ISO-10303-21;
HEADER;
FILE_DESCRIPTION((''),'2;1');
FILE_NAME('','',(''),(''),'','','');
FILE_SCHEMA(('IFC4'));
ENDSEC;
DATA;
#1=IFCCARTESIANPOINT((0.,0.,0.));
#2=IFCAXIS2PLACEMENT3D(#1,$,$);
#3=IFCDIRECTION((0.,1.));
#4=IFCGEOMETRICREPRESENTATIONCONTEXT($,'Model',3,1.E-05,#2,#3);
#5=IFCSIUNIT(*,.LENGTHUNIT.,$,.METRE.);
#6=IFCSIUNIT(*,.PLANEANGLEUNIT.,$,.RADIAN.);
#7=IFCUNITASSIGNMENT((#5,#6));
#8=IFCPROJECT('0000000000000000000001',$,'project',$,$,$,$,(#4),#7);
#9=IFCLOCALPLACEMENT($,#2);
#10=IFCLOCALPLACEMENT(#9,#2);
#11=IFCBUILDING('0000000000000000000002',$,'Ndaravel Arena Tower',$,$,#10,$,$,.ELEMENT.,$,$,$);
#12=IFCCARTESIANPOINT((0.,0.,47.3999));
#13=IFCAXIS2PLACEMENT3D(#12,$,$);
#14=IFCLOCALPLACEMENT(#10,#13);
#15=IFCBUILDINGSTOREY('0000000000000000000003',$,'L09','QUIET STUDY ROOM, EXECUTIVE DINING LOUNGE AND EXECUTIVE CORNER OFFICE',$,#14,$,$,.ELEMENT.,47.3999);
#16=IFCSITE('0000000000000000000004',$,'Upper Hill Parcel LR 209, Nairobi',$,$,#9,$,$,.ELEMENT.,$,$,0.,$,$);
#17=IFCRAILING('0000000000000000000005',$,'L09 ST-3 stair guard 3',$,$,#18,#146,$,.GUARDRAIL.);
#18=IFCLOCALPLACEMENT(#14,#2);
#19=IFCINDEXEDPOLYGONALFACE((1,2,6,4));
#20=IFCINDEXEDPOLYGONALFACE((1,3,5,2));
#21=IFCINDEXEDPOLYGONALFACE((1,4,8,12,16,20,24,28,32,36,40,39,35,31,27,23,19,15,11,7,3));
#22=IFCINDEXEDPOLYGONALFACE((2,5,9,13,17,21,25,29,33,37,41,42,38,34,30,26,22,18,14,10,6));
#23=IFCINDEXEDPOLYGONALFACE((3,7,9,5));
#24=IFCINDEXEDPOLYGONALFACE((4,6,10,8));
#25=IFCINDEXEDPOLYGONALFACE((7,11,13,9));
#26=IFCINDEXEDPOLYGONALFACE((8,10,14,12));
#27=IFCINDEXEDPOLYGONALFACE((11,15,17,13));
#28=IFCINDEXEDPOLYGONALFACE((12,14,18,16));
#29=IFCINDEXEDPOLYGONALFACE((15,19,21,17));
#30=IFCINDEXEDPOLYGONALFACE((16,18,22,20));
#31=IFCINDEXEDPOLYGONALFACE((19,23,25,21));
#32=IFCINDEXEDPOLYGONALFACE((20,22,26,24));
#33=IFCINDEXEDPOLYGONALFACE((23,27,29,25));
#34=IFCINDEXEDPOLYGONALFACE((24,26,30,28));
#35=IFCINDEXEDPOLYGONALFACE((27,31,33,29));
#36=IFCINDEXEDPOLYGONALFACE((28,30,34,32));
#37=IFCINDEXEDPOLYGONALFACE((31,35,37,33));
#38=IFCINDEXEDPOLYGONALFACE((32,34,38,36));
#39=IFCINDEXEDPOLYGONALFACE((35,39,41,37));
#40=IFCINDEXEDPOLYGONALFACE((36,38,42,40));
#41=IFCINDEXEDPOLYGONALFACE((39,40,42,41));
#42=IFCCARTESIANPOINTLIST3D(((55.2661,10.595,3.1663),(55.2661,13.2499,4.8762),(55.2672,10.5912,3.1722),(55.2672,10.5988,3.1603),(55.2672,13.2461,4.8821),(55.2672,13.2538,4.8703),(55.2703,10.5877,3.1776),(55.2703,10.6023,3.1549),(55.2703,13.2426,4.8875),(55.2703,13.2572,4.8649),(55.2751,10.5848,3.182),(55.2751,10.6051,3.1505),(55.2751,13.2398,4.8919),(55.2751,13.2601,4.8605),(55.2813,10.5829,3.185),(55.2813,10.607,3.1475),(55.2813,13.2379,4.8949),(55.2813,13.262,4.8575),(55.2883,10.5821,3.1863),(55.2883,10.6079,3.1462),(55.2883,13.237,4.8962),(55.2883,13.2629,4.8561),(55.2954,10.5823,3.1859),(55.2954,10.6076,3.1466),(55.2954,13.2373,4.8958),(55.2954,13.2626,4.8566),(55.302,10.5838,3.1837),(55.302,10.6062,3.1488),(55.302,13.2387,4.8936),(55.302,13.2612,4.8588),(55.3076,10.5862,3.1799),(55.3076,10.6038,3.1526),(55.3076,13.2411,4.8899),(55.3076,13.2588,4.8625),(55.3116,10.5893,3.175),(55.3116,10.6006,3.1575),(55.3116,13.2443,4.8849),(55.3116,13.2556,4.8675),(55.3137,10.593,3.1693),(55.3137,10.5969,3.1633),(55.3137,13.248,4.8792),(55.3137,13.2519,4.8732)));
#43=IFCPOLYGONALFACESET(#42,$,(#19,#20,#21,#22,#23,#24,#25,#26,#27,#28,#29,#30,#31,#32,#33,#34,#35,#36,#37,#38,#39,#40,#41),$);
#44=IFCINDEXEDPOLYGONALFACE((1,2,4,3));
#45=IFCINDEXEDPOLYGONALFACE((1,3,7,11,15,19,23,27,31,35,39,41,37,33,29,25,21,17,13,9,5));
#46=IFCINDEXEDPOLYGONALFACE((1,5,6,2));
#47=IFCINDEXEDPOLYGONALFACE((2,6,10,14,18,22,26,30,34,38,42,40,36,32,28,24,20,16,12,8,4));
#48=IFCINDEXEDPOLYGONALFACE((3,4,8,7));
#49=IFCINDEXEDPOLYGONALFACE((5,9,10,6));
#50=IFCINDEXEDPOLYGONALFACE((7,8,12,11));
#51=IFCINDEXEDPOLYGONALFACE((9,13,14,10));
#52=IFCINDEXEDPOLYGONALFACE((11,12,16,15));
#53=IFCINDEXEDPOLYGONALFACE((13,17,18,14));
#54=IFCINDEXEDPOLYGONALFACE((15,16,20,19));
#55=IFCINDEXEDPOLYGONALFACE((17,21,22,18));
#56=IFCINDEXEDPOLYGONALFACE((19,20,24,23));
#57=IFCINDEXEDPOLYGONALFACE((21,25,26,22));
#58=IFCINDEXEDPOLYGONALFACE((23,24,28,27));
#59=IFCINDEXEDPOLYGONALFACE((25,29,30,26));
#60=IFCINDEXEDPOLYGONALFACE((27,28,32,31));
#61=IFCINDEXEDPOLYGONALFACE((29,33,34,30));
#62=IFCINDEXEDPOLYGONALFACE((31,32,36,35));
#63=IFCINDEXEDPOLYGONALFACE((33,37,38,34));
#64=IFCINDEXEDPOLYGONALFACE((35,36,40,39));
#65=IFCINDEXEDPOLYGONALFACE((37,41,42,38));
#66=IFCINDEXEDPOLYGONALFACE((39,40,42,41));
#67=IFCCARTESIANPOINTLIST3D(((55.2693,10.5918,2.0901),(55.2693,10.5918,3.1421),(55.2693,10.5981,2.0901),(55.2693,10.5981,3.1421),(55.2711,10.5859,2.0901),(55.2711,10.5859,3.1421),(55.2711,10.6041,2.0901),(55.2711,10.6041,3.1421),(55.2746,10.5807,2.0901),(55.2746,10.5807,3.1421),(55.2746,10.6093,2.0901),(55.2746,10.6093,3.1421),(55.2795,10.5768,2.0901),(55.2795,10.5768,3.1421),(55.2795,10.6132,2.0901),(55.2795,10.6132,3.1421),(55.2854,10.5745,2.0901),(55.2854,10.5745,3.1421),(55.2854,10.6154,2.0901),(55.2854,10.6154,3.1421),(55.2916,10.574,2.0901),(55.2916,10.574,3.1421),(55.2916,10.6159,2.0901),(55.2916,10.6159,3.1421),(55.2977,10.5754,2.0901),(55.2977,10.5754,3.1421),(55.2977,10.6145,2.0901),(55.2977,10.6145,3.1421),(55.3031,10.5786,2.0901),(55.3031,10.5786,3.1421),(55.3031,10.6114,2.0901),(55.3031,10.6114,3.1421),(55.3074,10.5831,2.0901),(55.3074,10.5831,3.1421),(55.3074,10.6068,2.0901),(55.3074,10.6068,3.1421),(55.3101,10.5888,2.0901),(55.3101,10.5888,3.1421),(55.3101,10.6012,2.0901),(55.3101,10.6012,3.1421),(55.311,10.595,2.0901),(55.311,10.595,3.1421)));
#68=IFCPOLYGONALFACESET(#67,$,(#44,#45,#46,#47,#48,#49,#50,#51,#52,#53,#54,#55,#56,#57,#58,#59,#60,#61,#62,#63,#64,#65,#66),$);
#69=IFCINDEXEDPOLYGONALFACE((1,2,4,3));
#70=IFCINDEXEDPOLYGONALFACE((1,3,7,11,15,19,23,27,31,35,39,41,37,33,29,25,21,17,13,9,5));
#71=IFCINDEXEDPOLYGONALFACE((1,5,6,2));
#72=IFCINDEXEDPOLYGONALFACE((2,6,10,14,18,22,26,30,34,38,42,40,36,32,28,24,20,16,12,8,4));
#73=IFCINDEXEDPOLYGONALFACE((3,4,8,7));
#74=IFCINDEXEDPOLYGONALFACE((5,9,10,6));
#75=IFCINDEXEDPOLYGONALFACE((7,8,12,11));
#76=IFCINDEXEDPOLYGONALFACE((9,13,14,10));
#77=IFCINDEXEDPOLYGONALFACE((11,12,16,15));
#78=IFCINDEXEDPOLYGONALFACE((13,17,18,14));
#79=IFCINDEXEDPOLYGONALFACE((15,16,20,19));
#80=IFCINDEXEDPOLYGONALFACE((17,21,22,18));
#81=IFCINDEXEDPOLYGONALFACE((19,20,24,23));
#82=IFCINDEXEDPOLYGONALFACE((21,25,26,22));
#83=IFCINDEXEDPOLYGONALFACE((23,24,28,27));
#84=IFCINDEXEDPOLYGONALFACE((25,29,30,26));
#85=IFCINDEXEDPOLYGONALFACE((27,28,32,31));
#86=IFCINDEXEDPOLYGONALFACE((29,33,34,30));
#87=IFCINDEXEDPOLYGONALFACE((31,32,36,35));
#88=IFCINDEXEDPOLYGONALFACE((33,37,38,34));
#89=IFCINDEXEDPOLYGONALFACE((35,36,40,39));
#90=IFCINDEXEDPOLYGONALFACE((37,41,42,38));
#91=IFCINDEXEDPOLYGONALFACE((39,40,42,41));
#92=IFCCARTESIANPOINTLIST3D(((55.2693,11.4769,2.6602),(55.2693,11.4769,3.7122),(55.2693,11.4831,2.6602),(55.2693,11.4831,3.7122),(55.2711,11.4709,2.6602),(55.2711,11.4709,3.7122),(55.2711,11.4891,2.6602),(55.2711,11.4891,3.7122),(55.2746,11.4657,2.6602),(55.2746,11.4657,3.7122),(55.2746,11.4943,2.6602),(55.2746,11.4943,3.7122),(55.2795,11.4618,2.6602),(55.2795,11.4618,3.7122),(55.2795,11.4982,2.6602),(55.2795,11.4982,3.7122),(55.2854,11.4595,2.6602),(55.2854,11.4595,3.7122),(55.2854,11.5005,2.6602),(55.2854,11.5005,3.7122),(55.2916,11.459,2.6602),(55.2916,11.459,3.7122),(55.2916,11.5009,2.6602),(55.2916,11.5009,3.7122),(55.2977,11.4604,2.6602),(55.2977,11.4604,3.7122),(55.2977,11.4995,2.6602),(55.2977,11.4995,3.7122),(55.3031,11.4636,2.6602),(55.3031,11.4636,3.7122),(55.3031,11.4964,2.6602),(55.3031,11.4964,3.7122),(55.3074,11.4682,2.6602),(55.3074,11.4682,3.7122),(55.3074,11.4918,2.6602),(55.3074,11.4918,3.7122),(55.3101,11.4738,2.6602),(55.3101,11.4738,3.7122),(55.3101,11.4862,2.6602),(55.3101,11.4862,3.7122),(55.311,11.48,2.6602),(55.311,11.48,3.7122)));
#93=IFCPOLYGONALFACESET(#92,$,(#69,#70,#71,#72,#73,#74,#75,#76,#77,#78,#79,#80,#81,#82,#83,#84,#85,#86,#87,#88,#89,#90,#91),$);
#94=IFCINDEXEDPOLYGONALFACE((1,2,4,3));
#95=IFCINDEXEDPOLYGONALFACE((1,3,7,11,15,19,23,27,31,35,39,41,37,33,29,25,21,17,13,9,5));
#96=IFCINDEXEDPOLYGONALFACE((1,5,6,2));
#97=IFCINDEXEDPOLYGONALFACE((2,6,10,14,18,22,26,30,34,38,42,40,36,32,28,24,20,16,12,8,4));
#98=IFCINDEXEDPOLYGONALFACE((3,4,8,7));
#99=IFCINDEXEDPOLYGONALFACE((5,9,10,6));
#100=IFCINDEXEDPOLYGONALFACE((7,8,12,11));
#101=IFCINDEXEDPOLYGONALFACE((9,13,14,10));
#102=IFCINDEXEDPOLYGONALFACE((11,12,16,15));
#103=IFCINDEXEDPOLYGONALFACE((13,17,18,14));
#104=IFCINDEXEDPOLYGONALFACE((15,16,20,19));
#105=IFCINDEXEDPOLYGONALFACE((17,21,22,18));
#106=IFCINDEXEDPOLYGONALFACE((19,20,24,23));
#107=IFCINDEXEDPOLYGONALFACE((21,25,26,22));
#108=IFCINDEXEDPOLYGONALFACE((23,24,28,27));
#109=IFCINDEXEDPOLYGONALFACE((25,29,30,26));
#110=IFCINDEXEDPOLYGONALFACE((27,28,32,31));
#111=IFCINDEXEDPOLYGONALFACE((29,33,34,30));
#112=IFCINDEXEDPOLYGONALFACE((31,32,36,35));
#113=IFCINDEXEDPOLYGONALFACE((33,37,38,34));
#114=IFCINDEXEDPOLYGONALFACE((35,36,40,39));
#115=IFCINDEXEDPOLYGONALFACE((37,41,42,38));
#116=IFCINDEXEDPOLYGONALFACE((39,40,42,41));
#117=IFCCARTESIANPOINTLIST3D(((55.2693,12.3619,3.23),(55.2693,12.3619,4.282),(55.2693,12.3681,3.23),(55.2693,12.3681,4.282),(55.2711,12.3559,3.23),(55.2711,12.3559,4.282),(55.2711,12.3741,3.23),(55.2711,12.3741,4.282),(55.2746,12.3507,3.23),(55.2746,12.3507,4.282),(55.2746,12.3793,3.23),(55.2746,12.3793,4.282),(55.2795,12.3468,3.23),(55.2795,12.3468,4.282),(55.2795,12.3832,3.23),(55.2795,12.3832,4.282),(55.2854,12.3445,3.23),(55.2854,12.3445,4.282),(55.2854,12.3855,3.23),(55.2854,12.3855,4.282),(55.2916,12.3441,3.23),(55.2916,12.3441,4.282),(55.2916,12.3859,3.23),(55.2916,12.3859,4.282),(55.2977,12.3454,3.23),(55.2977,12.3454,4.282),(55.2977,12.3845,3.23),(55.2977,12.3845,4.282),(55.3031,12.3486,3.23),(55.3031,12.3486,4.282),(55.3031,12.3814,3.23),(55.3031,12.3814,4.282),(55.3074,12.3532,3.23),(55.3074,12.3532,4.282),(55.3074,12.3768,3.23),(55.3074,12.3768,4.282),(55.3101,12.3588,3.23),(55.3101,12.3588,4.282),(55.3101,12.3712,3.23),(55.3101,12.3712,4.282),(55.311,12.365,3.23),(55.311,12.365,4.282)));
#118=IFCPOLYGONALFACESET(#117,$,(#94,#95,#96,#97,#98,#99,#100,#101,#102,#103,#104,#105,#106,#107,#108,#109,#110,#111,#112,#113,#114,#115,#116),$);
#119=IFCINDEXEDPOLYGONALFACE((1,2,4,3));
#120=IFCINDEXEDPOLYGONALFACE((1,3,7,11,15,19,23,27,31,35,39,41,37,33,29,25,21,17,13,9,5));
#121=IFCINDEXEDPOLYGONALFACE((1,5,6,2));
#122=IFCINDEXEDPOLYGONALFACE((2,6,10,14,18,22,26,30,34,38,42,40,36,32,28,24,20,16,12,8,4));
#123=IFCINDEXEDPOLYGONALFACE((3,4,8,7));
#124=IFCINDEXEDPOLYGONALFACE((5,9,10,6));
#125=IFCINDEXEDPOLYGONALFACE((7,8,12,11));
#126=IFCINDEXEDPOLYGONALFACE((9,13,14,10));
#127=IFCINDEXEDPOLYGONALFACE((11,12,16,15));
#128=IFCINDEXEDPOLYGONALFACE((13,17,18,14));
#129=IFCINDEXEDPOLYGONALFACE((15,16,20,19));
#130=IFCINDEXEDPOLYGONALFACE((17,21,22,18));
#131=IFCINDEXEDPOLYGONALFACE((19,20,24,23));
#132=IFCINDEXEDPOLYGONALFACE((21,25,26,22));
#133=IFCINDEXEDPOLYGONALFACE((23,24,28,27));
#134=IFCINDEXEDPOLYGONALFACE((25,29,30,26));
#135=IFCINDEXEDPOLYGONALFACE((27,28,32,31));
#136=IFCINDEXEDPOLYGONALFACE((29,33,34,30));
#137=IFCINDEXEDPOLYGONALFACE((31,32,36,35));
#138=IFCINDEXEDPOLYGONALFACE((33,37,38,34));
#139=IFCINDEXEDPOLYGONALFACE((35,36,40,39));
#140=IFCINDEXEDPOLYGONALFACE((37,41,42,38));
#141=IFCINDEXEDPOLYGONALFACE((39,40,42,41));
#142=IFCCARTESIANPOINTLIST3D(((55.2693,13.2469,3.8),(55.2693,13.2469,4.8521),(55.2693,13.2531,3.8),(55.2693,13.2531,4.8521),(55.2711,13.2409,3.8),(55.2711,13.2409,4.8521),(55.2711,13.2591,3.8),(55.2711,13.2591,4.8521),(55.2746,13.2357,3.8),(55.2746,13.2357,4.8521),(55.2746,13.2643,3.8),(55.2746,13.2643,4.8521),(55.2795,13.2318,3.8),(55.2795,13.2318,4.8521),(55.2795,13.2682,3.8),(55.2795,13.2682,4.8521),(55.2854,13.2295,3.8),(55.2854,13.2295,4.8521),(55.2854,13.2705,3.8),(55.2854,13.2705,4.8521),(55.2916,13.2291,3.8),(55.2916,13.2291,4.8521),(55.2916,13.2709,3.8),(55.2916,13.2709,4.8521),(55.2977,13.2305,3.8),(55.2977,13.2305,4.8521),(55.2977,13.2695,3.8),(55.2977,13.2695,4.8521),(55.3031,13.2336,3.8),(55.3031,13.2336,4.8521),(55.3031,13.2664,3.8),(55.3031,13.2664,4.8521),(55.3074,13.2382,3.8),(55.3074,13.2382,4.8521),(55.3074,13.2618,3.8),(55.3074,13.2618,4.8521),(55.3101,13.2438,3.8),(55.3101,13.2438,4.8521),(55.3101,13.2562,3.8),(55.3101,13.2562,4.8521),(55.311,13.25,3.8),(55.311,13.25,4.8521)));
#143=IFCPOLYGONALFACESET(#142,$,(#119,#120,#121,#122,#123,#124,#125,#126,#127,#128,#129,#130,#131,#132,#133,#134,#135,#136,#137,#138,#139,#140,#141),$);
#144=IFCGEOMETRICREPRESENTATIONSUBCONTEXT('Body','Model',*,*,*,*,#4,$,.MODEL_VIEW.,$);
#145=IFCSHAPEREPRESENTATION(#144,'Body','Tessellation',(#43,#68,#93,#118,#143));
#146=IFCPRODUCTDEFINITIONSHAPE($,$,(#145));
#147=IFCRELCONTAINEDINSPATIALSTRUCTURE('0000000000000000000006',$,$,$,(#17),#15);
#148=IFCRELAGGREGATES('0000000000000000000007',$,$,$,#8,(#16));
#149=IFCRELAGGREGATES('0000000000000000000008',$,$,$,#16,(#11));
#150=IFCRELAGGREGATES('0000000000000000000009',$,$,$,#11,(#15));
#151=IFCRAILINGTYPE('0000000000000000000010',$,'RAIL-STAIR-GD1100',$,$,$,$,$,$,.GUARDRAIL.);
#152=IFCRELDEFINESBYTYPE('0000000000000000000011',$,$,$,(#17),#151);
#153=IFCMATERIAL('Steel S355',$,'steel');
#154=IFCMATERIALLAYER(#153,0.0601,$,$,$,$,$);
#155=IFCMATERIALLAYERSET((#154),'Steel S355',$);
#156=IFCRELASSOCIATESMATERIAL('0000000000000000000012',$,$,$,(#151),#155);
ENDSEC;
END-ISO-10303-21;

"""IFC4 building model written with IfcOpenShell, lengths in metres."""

from ifc_helpers import new_model, si_unit, direction, frame, origin, origin_2d, place, context, subcontext, project, spatial, circle, extrude, material, layer, layer_set, type_object, element, save


model = new_model("IFC4")

# Units and contexts
model_context = context("Model", 3, precision=1e-05, world=origin(), true_north=direction((0.0, 1.0)))
body_context = subcontext(model_context, "Body", "Model", "MODEL_VIEW")
ifc_project = project(units=[si_unit("LENGTHUNIT", "METRE"), si_unit("PLANEANGLEUNIT", "RADIAN")], contexts=[model_context])

# Site, building, storey
site_placement = place(None, origin())
site = spatial("IfcSite", under=ifc_project, at=site_placement, Name="Upper Hill Parcel LR 209, Nairobi", CompositionType="ELEMENT", RefElevation=0.0)
building_placement = place(site_placement, origin())
building = spatial("IfcBuilding", under=site, at=building_placement, Name="Ndaravel Arena Tower", CompositionType="ELEMENT")
storey_placement = place(building_placement, frame((0.0, 0.0, 47.3999)))
storey = spatial("IfcBuildingStorey", under=building, at=storey_placement, Name="L09", Description="QUIET STUDY ROOM, EXECUTIVE DINING LOUNGE AND EXECUTIVE CORNER OFFICE", CompositionType="ELEMENT", Elevation=47.3999)

# Railing
ifc_material_1 = material(Name="Steel S355", Category="steel")
ifc_layer_1 = layer(ifc_material_1, 0.0601)
ifc_layer_set_1 = layer_set([ifc_layer_1], Name="Steel S355")
railing_type_1 = type_object("IfcRailingType", Name="RAIL-STAIR-GD1100", PredefinedType="GUARDRAIL", material=ifc_layer_set_1)
railing_1_placement = place(storey_placement, frame((55.29, 10.595, 2.0901)))
element("IfcRailing", 1, at=railing_1_placement, inside=storey, type_object=railing_type_1, Name="L09 ST-3 stair guard 3", PredefinedType="GUARDRAIL", context=body_context, shape_type="SweptSolid", body=[
    extrude(circle(Radius=0.0239, at=origin_2d()), frame((0.0, 0.0, 1.0762), z_axis=(0.0, 0.840724, 0.541465), x_axis=(-1.0, 0.0, 0.0)), (0.0, 0.0, 1.0), 3.158),
    extrude(circle(Radius=0.021, at=origin_2d()), origin(), (0.0, 0.0, 1.0), 1.052),
    extrude(circle(Radius=0.021, at=origin_2d()), frame((0.0, 0.885, 0.5701)), (0.0, 0.0, 1.0), 1.052),
    extrude(circle(Radius=0.021, at=origin_2d()), frame((0.0, 1.77, 1.1399)), (0.0, 0.0, 1.0), 1.052),
    extrude(circle(Radius=0.021, at=origin_2d()), frame((0.0, 2.655, 1.71)), (0.0, 0.0, 1.0), 1.052),
])

save(model, "model.ifc")
